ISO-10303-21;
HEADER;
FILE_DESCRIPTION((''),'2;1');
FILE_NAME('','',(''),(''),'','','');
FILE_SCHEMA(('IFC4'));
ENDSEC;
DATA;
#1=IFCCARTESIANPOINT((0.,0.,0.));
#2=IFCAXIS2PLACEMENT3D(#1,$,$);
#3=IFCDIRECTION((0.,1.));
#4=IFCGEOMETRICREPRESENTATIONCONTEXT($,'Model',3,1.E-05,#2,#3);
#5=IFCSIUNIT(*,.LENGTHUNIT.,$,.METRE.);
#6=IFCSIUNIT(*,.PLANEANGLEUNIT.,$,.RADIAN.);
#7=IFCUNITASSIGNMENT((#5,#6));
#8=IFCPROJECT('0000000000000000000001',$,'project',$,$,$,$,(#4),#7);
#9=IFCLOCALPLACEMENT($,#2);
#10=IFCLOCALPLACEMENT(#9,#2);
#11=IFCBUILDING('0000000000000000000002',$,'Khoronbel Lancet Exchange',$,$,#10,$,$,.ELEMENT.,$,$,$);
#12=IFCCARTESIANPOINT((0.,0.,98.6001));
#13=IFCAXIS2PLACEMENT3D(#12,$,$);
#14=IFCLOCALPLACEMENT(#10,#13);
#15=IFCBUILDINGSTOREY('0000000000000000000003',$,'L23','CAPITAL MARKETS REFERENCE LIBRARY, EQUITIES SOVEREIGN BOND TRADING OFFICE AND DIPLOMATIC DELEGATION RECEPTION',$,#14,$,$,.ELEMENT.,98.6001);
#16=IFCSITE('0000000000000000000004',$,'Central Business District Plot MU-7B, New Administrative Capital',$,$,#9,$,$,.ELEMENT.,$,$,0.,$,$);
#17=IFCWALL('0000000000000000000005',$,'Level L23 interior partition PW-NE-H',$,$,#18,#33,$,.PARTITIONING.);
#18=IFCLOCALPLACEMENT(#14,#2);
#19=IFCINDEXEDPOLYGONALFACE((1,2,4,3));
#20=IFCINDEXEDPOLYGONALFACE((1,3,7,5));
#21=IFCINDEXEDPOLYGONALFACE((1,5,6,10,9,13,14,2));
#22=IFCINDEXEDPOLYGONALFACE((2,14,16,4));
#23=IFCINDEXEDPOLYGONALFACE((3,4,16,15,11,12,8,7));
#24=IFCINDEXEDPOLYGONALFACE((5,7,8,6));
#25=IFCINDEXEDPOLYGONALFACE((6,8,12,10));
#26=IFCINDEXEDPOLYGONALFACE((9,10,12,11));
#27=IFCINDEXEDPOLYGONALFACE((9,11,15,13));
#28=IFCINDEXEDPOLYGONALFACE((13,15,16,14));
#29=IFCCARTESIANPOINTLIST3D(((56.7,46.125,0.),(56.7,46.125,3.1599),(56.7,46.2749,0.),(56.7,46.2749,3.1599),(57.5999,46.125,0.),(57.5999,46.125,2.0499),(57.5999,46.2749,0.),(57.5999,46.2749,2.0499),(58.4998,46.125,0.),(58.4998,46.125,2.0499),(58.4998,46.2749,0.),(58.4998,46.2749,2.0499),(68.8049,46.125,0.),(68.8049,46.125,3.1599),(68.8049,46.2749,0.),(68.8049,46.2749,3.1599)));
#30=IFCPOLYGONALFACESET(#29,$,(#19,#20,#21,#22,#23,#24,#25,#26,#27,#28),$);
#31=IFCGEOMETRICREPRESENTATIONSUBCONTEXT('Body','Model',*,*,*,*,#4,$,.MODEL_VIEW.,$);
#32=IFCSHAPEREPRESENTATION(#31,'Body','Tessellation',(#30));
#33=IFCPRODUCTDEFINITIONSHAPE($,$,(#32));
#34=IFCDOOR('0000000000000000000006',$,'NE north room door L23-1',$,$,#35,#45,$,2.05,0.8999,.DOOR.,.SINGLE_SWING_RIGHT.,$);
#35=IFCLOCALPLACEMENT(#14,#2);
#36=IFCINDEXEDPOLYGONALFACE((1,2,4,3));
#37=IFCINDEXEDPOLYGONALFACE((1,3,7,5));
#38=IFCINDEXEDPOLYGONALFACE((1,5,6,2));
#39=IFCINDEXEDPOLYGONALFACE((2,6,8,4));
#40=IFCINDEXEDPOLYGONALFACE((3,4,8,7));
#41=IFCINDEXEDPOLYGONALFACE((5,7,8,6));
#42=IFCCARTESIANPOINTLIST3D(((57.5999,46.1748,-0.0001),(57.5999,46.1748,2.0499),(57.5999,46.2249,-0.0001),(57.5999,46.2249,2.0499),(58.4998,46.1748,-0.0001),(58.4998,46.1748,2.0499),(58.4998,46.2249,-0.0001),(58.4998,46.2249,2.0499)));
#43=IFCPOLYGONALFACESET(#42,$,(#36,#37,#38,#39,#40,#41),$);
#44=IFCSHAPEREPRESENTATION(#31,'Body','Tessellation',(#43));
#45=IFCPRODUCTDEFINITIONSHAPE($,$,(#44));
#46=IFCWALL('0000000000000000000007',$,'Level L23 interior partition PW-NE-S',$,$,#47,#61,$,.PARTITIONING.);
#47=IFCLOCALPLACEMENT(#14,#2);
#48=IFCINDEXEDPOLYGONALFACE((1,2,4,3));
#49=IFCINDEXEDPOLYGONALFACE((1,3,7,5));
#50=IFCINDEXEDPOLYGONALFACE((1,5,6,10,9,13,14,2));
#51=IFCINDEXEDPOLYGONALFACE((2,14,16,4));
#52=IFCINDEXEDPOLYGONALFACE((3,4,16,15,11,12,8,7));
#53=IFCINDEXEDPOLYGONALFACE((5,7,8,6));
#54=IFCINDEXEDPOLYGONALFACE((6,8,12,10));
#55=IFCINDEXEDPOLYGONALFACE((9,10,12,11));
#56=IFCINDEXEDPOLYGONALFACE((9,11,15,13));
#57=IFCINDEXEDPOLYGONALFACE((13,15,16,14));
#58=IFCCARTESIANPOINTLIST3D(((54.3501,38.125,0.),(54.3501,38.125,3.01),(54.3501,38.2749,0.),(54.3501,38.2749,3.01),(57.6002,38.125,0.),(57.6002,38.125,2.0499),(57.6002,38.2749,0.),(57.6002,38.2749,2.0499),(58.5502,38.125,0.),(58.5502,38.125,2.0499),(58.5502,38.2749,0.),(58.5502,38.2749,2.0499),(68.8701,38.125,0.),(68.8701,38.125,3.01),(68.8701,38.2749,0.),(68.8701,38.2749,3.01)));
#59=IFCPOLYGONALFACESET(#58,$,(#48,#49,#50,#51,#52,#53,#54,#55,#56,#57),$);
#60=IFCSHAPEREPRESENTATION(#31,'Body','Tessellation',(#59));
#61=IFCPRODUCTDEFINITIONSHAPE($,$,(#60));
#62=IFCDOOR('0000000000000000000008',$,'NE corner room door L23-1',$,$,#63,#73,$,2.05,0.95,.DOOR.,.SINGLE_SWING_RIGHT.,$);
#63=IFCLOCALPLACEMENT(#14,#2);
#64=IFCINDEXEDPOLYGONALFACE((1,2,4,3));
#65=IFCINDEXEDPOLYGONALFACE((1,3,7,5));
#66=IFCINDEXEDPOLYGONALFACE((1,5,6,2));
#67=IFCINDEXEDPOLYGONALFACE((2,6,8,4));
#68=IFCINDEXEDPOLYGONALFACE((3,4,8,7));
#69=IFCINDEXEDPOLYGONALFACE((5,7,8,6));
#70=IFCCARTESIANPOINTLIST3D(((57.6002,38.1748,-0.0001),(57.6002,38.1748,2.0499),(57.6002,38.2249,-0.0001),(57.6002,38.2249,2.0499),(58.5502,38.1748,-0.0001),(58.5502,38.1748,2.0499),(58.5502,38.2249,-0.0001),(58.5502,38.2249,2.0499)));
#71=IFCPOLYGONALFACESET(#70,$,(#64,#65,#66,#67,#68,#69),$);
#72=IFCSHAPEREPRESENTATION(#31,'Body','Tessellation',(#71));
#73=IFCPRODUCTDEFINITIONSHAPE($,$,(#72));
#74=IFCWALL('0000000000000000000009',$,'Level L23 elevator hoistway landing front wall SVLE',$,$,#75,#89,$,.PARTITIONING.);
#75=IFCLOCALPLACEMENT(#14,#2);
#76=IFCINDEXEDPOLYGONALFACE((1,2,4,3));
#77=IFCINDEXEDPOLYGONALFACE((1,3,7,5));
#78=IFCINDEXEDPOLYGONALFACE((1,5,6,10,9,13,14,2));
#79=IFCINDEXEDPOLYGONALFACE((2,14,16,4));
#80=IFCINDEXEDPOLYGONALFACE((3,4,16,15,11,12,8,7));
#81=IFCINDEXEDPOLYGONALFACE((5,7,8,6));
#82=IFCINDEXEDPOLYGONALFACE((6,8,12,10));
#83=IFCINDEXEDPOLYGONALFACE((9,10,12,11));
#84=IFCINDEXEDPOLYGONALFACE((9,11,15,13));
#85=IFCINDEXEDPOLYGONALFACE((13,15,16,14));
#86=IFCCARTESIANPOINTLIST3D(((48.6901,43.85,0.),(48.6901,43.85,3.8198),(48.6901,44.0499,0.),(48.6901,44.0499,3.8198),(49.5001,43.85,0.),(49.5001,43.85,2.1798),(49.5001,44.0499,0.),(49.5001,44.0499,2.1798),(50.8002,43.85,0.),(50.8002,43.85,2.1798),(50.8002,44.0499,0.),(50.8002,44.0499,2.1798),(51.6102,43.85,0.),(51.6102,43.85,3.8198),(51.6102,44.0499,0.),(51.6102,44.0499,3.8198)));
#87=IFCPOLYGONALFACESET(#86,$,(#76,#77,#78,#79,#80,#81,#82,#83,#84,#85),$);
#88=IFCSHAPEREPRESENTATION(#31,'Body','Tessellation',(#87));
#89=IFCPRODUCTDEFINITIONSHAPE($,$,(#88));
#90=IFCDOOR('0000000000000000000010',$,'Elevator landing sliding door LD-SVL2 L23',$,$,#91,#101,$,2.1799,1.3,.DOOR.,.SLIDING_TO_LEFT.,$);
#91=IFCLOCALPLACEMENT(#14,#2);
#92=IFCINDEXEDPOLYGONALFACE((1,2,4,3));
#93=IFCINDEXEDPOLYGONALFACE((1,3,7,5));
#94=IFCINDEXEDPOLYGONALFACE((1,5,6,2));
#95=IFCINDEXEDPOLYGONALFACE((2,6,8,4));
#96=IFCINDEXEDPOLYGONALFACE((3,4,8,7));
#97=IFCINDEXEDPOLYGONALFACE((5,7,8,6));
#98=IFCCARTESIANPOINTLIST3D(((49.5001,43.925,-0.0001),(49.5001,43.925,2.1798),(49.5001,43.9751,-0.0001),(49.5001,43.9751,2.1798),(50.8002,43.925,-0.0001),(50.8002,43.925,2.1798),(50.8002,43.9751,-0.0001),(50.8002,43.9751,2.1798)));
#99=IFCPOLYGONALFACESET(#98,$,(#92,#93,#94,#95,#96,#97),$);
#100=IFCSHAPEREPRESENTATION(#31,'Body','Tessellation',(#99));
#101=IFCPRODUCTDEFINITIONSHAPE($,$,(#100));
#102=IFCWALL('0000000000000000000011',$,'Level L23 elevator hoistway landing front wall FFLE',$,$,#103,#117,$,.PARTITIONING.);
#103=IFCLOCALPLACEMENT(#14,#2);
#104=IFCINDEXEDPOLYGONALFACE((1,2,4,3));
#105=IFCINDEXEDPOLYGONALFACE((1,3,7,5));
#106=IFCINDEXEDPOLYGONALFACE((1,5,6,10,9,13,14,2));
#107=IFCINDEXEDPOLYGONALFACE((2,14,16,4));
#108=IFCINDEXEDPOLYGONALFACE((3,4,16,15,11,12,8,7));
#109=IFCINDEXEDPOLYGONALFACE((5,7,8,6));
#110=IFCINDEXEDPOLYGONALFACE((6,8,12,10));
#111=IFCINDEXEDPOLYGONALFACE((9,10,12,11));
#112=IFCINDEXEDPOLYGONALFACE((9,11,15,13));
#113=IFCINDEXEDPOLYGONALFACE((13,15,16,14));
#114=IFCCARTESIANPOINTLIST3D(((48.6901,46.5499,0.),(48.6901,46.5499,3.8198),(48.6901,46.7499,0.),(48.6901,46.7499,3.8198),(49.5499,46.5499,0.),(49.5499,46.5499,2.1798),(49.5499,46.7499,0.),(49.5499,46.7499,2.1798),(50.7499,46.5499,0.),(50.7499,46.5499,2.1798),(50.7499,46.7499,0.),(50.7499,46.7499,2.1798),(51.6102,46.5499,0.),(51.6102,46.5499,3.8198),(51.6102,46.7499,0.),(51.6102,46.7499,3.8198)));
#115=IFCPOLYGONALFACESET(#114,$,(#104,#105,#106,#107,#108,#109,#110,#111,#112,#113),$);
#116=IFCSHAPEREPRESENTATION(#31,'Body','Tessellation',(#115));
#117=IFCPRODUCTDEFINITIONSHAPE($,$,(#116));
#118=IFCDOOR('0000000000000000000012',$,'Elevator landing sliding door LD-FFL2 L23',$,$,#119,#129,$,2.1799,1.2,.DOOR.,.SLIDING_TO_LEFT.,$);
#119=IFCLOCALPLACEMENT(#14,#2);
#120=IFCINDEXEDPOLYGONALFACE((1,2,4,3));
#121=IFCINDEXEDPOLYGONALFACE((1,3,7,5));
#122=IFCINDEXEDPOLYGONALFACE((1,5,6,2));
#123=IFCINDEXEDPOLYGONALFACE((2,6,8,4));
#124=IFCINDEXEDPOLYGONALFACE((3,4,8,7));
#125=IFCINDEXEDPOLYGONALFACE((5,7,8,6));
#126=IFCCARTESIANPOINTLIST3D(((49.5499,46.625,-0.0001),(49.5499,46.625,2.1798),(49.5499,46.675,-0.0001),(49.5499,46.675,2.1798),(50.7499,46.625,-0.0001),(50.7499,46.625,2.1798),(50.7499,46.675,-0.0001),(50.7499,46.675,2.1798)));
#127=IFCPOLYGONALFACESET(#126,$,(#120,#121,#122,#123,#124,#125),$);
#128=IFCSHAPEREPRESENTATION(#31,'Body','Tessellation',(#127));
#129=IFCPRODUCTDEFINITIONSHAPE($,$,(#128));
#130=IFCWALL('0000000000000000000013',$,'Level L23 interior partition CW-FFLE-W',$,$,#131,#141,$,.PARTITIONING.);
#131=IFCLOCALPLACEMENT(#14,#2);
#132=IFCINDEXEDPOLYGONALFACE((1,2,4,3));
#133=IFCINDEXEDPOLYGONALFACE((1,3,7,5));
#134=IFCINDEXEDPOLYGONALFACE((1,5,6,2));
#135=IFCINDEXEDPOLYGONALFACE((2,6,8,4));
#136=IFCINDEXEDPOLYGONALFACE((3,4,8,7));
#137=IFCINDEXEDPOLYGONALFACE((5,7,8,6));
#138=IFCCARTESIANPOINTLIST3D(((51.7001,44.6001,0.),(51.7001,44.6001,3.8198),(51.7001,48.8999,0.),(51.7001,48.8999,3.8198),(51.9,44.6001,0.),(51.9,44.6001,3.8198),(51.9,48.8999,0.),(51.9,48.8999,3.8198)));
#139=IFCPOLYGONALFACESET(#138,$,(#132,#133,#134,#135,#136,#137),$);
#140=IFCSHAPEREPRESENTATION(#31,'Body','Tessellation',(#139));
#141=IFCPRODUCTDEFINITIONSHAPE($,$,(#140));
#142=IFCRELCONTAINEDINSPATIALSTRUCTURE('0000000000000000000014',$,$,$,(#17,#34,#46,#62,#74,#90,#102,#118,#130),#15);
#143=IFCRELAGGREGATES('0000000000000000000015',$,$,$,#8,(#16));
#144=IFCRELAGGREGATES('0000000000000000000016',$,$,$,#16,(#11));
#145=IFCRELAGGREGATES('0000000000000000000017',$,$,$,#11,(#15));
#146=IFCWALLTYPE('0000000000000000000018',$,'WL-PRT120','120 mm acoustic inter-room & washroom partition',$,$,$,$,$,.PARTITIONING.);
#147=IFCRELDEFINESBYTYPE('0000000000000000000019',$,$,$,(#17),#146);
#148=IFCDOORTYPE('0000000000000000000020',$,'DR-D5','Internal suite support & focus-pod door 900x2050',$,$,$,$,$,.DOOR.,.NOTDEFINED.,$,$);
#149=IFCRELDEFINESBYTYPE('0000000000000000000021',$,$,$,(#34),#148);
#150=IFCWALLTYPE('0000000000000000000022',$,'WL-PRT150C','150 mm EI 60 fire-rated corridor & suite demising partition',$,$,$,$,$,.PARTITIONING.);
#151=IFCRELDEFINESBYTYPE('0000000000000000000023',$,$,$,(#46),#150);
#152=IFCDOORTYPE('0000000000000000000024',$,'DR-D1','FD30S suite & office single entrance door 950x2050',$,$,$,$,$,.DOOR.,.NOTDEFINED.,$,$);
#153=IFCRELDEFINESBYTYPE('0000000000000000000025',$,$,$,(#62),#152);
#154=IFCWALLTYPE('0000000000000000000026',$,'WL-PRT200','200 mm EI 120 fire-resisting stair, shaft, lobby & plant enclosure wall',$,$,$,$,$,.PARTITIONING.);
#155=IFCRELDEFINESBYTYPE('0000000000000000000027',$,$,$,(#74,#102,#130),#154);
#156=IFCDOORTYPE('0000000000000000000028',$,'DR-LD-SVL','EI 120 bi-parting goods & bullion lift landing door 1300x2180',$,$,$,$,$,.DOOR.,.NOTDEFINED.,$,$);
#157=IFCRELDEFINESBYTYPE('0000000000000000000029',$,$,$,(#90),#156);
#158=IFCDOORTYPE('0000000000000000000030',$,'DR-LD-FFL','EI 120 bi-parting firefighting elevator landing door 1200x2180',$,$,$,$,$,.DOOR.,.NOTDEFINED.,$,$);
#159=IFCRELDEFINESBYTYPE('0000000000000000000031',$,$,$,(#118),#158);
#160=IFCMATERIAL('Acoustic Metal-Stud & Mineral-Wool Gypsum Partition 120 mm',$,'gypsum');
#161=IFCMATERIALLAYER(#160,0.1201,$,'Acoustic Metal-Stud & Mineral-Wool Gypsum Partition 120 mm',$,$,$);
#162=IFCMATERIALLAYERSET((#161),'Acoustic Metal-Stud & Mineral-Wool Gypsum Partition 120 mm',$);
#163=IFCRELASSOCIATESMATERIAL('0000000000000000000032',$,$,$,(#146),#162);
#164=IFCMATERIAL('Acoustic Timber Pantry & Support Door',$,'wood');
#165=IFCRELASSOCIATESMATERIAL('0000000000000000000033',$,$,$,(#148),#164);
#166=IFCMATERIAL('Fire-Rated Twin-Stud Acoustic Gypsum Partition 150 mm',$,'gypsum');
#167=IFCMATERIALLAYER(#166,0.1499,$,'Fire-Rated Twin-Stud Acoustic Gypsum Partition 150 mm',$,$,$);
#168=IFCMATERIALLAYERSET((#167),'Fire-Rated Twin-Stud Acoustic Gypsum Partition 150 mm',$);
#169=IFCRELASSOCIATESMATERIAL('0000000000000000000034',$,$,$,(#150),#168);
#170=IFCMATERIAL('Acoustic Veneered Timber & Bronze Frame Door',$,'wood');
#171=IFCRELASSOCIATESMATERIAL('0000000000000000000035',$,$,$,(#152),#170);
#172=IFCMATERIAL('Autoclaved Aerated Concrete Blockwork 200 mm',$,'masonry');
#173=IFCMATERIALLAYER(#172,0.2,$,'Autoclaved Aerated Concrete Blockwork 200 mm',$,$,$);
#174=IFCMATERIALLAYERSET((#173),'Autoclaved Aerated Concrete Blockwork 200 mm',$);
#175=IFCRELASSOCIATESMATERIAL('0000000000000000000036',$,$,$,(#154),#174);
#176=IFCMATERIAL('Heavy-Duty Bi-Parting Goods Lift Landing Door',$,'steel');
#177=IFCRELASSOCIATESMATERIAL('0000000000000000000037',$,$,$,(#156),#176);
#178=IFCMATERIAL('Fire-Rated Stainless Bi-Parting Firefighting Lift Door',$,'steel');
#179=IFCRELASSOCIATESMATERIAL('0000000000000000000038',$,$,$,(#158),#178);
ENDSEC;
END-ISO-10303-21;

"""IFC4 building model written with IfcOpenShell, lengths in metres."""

from ifc_helpers import new_model, si_unit, direction, frame, frame_2d, origin, place, context, subcontext, project, spatial, rectangle, extrude, material, layer, layer_set, type_object, element, fill, save


model = new_model("IFC4")

# Units and contexts
model_context = context("Model", 3, precision=1e-05, world=origin(), true_north=direction((0.0, 1.0)))
body_context = subcontext(model_context, "Body", "Model", "MODEL_VIEW")
ifc_project = project(units=[si_unit("LENGTHUNIT", "METRE"), si_unit("PLANEANGLEUNIT", "RADIAN")], contexts=[model_context])

# Site, building, storey
site_placement = place(None, origin())
site = spatial("IfcSite", under=ifc_project, at=site_placement, Name="Central Business District Plot MU-7B, New Administrative Capital", CompositionType="ELEMENT", RefElevation=0.0)
building_placement = place(site_placement, origin())
building = spatial("IfcBuilding", under=site, at=building_placement, Name="Khoronbel Lancet Exchange", CompositionType="ELEMENT")
storey_placement = place(building_placement, frame((0.0, 0.0, 98.6001)))
storey = spatial("IfcBuildingStorey", under=building, at=storey_placement, Name="L23", Description="CAPITAL MARKETS REFERENCE LIBRARY, EQUITIES SOVEREIGN BOND TRADING OFFICE AND DIPLOMATIC DELEGATION RECEPTION", CompositionType="ELEMENT", Elevation=98.6001)

# Shared definitions
ifc_material_1 = material(Name="Acoustic Metal-Stud & Mineral-Wool Gypsum Partition 120 mm", Category="gypsum")
ifc_layer_1 = layer(ifc_material_1, 0.1201, Name="Acoustic Metal-Stud & Mineral-Wool Gypsum Partition 120 mm")
ifc_layer_set_1 = layer_set([ifc_layer_1], Name="Acoustic Metal-Stud & Mineral-Wool Gypsum Partition 120 mm")
wall_type_1 = type_object("IfcWallType", Name="WL-PRT120", Description="120 mm acoustic inter-room & washroom partition", PredefinedType="PARTITIONING", material=ifc_layer_set_1)

# Walls, openings, doors
wall_1_placement = place(storey_placement, frame((56.7, 46.2, 0.0), z_axis=(0.0, 0.0, 1.0), x_axis=(1.0, 0.0, 0.0)))
wall_1 = element("IfcWall", 1, at=wall_1_placement, inside=storey, type_object=wall_type_1, Name="Level L23 interior partition PW-NE-H", PredefinedType="PARTITIONING", context=body_context, shape_type="SweptSolid", body=[
    extrude(rectangle(XDim=12.105, YDim=0.1499, at=frame_2d((6.0525, 0.0))), origin(), (0.0, 0.0, 1.0), 3.1599),
])
opening_1_placement = place(wall_1_placement, frame((0.8999, 0.0, 0.0)))
opening_1 = element("IfcOpeningElement", 2, at=opening_1_placement, cuts=wall_1, PredefinedType="OPENING", context=body_context, shape_type="SweptSolid", body=[
    extrude(rectangle(XDim=0.8999, YDim=2.05, at=frame_2d((0.45, 1.0249))), frame((0.0, 0.085, 0.0), z_axis=(0.0, -1.0, 0.0), x_axis=(1.0, 0.0, 0.0)), (0.0, 0.0, 1.0), 0.1699),
])
ifc_material_2 = material(Name="Acoustic Timber Pantry & Support Door", Category="wood")
door_type_1 = type_object("IfcDoorType", Name="DR-D5", Description="Internal suite support & focus-pod door 900x2050", OperationType="NOTDEFINED", PredefinedType="DOOR", material=ifc_material_2)
door_1_placement = place(opening_1_placement, origin())
door_1 = element("IfcDoor", 3, at=door_1_placement, inside=storey, type_object=door_type_1, Name="NE north room door L23-1", OperationType="SINGLE_SWING_RIGHT", OverallHeight=2.05, OverallWidth=0.8999, PredefinedType="DOOR", context=body_context, shape_type="SweptSolid", body=[
    extrude(rectangle(XDim=0.8999, YDim=2.05, at=frame_2d((0.45, 1.0249))), frame((0.0, 0.0249, 0.0), z_axis=(0.0, -1.0, 0.0), x_axis=(1.0, 0.0, 0.0)), (0.0, 0.0, 1.0), 0.05),
])
fill(opening_1, door_1)
ifc_material_3 = material(Name="Fire-Rated Twin-Stud Acoustic Gypsum Partition 150 mm", Category="gypsum")
ifc_layer_2 = layer(ifc_material_3, 0.1499, Name="Fire-Rated Twin-Stud Acoustic Gypsum Partition 150 mm")
ifc_layer_set_2 = layer_set([ifc_layer_2], Name="Fire-Rated Twin-Stud Acoustic Gypsum Partition 150 mm")
wall_type_2 = type_object("IfcWallType", Name="WL-PRT150C", Description="150 mm EI 60 fire-rated corridor & suite demising partition", PredefinedType="PARTITIONING", material=ifc_layer_set_2)
wall_2_placement = place(storey_placement, frame((54.3501, 38.2, 0.0), z_axis=(0.0, 0.0, 1.0), x_axis=(1.0, 0.0, 0.0)))
wall_2 = element("IfcWall", 4, at=wall_2_placement, inside=storey, type_object=wall_type_2, Name="Level L23 interior partition PW-NE-S", PredefinedType="PARTITIONING", context=body_context, shape_type="SweptSolid", body=[
    extrude(rectangle(XDim=14.52, YDim=0.1499, at=frame_2d((7.26, 0.0))), origin(), (0.0, 0.0, 1.0), 3.01),
])
opening_2_placement = place(wall_2_placement, frame((3.25, 0.0, 0.0)))
opening_2 = element("IfcOpeningElement", 5, at=opening_2_placement, cuts=wall_2, PredefinedType="OPENING", context=body_context, shape_type="SweptSolid", body=[
    extrude(rectangle(XDim=0.95, YDim=2.05, at=frame_2d((0.4751, 1.0249))), frame((0.0, 0.085, 0.0), z_axis=(0.0, -1.0, 0.0), x_axis=(1.0, 0.0, 0.0)), (0.0, 0.0, 1.0), 0.1699),
])
ifc_material_4 = material(Name="Acoustic Veneered Timber & Bronze Frame Door", Category="wood")
door_type_2 = type_object("IfcDoorType", Name="DR-D1", Description="FD30S suite & office single entrance door 950x2050", OperationType="NOTDEFINED", PredefinedType="DOOR", material=ifc_material_4)
door_2_placement = place(opening_2_placement, origin())
door_2 = element("IfcDoor", 6, at=door_2_placement, inside=storey, type_object=door_type_2, Name="NE corner room door L23-1", OperationType="SINGLE_SWING_RIGHT", OverallHeight=2.05, OverallWidth=0.95, PredefinedType="DOOR", context=body_context, shape_type="SweptSolid", body=[
    extrude(rectangle(XDim=0.95, YDim=2.05, at=frame_2d((0.4751, 1.0249))), frame((0.0, 0.0249, 0.0), z_axis=(0.0, -1.0, 0.0), x_axis=(1.0, 0.0, 0.0)), (0.0, 0.0, 1.0), 0.05),
])
fill(opening_2, door_2)
ifc_material_5 = material(Name="Autoclaved Aerated Concrete Blockwork 200 mm", Category="masonry")
ifc_layer_3 = layer(ifc_material_5, 0.2, Name="Autoclaved Aerated Concrete Blockwork 200 mm")
ifc_layer_set_3 = layer_set([ifc_layer_3], Name="Autoclaved Aerated Concrete Blockwork 200 mm")
wall_type_3 = type_object("IfcWallType", Name="WL-PRT200", Description="200 mm EI 120 fire-resisting stair, shaft, lobby & plant enclosure wall", PredefinedType="PARTITIONING", material=ifc_layer_set_3)
wall_3_placement = place(storey_placement, frame((51.6101, 43.95, 0.0), z_axis=(0.0, 0.0, 1.0), x_axis=(-1.0, 0.0, 0.0)))
wall_3 = element("IfcWall", 7, at=wall_3_placement, inside=storey, type_object=wall_type_3, Name="Level L23 elevator hoistway landing front wall SVLE", PredefinedType="PARTITIONING", context=body_context, shape_type="SweptSolid", body=[
    extrude(rectangle(XDim=2.9202, YDim=0.2, at=frame_2d((1.46, 0.0))), origin(), (0.0, 0.0, 1.0), 3.8198),
])
opening_3_placement = place(wall_3_placement, frame((0.8101, 0.0, 0.0)))
opening_3 = element("IfcOpeningElement", 8, at=opening_3_placement, cuts=wall_3, PredefinedType="OPENING", context=body_context, shape_type="SweptSolid", body=[
    extrude(rectangle(XDim=1.3, YDim=2.1799, at=frame_2d((0.6499, 1.0898))), frame((0.0, 0.1099, 0.0), z_axis=(0.0, -1.0, 0.0), x_axis=(1.0, 0.0, 0.0)), (0.0, 0.0, 1.0), 0.22),
])
ifc_material_6 = material(Name="Heavy-Duty Bi-Parting Goods Lift Landing Door", Category="steel")
door_type_3 = type_object("IfcDoorType", Name="DR-LD-SVL", Description="EI 120 bi-parting goods & bullion lift landing door 1300x2180", OperationType="NOTDEFINED", PredefinedType="DOOR", material=ifc_material_6)
door_3_placement = place(opening_3_placement, origin())
door_3 = element("IfcDoor", 9, at=door_3_placement, inside=storey, type_object=door_type_3, Name="Elevator landing sliding door LD-SVL2 L23", OperationType="SLIDING_TO_LEFT", OverallHeight=2.1799, OverallWidth=1.3, PredefinedType="DOOR", context=body_context, shape_type="SweptSolid", body=[
    extrude(rectangle(XDim=1.3, YDim=2.1799, at=frame_2d((0.6499, 1.0898))), frame((0.0, 0.0249, 0.0), z_axis=(0.0, -1.0, 0.0), x_axis=(1.0, 0.0, 0.0)), (0.0, 0.0, 1.0), 0.05),
])
fill(opening_3, door_3)
wall_4_placement = place(storey_placement, frame((51.6101, 46.6499, 0.0), z_axis=(0.0, 0.0, 1.0), x_axis=(-1.0, 0.0, 0.0)))
wall_4 = element("IfcWall", 10, at=wall_4_placement, inside=storey, type_object=wall_type_3, Name="Level L23 elevator hoistway landing front wall FFLE", PredefinedType="PARTITIONING", context=body_context, shape_type="SweptSolid", body=[
    extrude(rectangle(XDim=2.9202, YDim=0.2, at=frame_2d((1.46, 0.0))), origin(), (0.0, 0.0, 1.0), 3.8198),
])
opening_4_placement = place(wall_4_placement, frame((0.8601, 0.0, 0.0)))
opening_4 = element("IfcOpeningElement", 11, at=opening_4_placement, cuts=wall_4, PredefinedType="OPENING", context=body_context, shape_type="SweptSolid", body=[
    extrude(rectangle(XDim=1.2, YDim=2.1799, at=frame_2d((0.6001, 1.0898))), frame((0.0, 0.1099, 0.0), z_axis=(0.0, -1.0, 0.0), x_axis=(1.0, 0.0, 0.0)), (0.0, 0.0, 1.0), 0.22),
])
ifc_material_7 = material(Name="Fire-Rated Stainless Bi-Parting Firefighting Lift Door", Category="steel")
door_type_4 = type_object("IfcDoorType", Name="DR-LD-FFL", Description="EI 120 bi-parting firefighting elevator landing door 1200x2180", OperationType="NOTDEFINED", PredefinedType="DOOR", material=ifc_material_7)
door_4_placement = place(opening_4_placement, origin())
door_4 = element("IfcDoor", 12, at=door_4_placement, inside=storey, type_object=door_type_4, Name="Elevator landing sliding door LD-FFL2 L23", OperationType="SLIDING_TO_LEFT", OverallHeight=2.1799, OverallWidth=1.2, PredefinedType="DOOR", context=body_context, shape_type="SweptSolid", body=[
    extrude(rectangle(XDim=1.2, YDim=2.1799, at=frame_2d((0.6001, 1.0898))), frame((0.0, 0.0249, 0.0), z_axis=(0.0, -1.0, 0.0), x_axis=(1.0, 0.0, 0.0)), (0.0, 0.0, 1.0), 0.05),
])
fill(opening_4, door_4)

# Wall
wall_5_placement = place(storey_placement, frame((51.8, 44.6001, 0.0), z_axis=(0.0, 0.0, 1.0), x_axis=(0.0, 1.0, 0.0)))
element("IfcWall", 13, at=wall_5_placement, inside=storey, type_object=wall_type_3, Name="Level L23 interior partition CW-FFLE-W", PredefinedType="PARTITIONING", context=body_context, shape_type="SweptSolid", body=[
    extrude(rectangle(XDim=4.2998, YDim=0.2, at=frame_2d((2.1499, 0.0))), origin(), (0.0, 0.0, 1.0), 3.8198),
])

save(model, "model.ifc")
